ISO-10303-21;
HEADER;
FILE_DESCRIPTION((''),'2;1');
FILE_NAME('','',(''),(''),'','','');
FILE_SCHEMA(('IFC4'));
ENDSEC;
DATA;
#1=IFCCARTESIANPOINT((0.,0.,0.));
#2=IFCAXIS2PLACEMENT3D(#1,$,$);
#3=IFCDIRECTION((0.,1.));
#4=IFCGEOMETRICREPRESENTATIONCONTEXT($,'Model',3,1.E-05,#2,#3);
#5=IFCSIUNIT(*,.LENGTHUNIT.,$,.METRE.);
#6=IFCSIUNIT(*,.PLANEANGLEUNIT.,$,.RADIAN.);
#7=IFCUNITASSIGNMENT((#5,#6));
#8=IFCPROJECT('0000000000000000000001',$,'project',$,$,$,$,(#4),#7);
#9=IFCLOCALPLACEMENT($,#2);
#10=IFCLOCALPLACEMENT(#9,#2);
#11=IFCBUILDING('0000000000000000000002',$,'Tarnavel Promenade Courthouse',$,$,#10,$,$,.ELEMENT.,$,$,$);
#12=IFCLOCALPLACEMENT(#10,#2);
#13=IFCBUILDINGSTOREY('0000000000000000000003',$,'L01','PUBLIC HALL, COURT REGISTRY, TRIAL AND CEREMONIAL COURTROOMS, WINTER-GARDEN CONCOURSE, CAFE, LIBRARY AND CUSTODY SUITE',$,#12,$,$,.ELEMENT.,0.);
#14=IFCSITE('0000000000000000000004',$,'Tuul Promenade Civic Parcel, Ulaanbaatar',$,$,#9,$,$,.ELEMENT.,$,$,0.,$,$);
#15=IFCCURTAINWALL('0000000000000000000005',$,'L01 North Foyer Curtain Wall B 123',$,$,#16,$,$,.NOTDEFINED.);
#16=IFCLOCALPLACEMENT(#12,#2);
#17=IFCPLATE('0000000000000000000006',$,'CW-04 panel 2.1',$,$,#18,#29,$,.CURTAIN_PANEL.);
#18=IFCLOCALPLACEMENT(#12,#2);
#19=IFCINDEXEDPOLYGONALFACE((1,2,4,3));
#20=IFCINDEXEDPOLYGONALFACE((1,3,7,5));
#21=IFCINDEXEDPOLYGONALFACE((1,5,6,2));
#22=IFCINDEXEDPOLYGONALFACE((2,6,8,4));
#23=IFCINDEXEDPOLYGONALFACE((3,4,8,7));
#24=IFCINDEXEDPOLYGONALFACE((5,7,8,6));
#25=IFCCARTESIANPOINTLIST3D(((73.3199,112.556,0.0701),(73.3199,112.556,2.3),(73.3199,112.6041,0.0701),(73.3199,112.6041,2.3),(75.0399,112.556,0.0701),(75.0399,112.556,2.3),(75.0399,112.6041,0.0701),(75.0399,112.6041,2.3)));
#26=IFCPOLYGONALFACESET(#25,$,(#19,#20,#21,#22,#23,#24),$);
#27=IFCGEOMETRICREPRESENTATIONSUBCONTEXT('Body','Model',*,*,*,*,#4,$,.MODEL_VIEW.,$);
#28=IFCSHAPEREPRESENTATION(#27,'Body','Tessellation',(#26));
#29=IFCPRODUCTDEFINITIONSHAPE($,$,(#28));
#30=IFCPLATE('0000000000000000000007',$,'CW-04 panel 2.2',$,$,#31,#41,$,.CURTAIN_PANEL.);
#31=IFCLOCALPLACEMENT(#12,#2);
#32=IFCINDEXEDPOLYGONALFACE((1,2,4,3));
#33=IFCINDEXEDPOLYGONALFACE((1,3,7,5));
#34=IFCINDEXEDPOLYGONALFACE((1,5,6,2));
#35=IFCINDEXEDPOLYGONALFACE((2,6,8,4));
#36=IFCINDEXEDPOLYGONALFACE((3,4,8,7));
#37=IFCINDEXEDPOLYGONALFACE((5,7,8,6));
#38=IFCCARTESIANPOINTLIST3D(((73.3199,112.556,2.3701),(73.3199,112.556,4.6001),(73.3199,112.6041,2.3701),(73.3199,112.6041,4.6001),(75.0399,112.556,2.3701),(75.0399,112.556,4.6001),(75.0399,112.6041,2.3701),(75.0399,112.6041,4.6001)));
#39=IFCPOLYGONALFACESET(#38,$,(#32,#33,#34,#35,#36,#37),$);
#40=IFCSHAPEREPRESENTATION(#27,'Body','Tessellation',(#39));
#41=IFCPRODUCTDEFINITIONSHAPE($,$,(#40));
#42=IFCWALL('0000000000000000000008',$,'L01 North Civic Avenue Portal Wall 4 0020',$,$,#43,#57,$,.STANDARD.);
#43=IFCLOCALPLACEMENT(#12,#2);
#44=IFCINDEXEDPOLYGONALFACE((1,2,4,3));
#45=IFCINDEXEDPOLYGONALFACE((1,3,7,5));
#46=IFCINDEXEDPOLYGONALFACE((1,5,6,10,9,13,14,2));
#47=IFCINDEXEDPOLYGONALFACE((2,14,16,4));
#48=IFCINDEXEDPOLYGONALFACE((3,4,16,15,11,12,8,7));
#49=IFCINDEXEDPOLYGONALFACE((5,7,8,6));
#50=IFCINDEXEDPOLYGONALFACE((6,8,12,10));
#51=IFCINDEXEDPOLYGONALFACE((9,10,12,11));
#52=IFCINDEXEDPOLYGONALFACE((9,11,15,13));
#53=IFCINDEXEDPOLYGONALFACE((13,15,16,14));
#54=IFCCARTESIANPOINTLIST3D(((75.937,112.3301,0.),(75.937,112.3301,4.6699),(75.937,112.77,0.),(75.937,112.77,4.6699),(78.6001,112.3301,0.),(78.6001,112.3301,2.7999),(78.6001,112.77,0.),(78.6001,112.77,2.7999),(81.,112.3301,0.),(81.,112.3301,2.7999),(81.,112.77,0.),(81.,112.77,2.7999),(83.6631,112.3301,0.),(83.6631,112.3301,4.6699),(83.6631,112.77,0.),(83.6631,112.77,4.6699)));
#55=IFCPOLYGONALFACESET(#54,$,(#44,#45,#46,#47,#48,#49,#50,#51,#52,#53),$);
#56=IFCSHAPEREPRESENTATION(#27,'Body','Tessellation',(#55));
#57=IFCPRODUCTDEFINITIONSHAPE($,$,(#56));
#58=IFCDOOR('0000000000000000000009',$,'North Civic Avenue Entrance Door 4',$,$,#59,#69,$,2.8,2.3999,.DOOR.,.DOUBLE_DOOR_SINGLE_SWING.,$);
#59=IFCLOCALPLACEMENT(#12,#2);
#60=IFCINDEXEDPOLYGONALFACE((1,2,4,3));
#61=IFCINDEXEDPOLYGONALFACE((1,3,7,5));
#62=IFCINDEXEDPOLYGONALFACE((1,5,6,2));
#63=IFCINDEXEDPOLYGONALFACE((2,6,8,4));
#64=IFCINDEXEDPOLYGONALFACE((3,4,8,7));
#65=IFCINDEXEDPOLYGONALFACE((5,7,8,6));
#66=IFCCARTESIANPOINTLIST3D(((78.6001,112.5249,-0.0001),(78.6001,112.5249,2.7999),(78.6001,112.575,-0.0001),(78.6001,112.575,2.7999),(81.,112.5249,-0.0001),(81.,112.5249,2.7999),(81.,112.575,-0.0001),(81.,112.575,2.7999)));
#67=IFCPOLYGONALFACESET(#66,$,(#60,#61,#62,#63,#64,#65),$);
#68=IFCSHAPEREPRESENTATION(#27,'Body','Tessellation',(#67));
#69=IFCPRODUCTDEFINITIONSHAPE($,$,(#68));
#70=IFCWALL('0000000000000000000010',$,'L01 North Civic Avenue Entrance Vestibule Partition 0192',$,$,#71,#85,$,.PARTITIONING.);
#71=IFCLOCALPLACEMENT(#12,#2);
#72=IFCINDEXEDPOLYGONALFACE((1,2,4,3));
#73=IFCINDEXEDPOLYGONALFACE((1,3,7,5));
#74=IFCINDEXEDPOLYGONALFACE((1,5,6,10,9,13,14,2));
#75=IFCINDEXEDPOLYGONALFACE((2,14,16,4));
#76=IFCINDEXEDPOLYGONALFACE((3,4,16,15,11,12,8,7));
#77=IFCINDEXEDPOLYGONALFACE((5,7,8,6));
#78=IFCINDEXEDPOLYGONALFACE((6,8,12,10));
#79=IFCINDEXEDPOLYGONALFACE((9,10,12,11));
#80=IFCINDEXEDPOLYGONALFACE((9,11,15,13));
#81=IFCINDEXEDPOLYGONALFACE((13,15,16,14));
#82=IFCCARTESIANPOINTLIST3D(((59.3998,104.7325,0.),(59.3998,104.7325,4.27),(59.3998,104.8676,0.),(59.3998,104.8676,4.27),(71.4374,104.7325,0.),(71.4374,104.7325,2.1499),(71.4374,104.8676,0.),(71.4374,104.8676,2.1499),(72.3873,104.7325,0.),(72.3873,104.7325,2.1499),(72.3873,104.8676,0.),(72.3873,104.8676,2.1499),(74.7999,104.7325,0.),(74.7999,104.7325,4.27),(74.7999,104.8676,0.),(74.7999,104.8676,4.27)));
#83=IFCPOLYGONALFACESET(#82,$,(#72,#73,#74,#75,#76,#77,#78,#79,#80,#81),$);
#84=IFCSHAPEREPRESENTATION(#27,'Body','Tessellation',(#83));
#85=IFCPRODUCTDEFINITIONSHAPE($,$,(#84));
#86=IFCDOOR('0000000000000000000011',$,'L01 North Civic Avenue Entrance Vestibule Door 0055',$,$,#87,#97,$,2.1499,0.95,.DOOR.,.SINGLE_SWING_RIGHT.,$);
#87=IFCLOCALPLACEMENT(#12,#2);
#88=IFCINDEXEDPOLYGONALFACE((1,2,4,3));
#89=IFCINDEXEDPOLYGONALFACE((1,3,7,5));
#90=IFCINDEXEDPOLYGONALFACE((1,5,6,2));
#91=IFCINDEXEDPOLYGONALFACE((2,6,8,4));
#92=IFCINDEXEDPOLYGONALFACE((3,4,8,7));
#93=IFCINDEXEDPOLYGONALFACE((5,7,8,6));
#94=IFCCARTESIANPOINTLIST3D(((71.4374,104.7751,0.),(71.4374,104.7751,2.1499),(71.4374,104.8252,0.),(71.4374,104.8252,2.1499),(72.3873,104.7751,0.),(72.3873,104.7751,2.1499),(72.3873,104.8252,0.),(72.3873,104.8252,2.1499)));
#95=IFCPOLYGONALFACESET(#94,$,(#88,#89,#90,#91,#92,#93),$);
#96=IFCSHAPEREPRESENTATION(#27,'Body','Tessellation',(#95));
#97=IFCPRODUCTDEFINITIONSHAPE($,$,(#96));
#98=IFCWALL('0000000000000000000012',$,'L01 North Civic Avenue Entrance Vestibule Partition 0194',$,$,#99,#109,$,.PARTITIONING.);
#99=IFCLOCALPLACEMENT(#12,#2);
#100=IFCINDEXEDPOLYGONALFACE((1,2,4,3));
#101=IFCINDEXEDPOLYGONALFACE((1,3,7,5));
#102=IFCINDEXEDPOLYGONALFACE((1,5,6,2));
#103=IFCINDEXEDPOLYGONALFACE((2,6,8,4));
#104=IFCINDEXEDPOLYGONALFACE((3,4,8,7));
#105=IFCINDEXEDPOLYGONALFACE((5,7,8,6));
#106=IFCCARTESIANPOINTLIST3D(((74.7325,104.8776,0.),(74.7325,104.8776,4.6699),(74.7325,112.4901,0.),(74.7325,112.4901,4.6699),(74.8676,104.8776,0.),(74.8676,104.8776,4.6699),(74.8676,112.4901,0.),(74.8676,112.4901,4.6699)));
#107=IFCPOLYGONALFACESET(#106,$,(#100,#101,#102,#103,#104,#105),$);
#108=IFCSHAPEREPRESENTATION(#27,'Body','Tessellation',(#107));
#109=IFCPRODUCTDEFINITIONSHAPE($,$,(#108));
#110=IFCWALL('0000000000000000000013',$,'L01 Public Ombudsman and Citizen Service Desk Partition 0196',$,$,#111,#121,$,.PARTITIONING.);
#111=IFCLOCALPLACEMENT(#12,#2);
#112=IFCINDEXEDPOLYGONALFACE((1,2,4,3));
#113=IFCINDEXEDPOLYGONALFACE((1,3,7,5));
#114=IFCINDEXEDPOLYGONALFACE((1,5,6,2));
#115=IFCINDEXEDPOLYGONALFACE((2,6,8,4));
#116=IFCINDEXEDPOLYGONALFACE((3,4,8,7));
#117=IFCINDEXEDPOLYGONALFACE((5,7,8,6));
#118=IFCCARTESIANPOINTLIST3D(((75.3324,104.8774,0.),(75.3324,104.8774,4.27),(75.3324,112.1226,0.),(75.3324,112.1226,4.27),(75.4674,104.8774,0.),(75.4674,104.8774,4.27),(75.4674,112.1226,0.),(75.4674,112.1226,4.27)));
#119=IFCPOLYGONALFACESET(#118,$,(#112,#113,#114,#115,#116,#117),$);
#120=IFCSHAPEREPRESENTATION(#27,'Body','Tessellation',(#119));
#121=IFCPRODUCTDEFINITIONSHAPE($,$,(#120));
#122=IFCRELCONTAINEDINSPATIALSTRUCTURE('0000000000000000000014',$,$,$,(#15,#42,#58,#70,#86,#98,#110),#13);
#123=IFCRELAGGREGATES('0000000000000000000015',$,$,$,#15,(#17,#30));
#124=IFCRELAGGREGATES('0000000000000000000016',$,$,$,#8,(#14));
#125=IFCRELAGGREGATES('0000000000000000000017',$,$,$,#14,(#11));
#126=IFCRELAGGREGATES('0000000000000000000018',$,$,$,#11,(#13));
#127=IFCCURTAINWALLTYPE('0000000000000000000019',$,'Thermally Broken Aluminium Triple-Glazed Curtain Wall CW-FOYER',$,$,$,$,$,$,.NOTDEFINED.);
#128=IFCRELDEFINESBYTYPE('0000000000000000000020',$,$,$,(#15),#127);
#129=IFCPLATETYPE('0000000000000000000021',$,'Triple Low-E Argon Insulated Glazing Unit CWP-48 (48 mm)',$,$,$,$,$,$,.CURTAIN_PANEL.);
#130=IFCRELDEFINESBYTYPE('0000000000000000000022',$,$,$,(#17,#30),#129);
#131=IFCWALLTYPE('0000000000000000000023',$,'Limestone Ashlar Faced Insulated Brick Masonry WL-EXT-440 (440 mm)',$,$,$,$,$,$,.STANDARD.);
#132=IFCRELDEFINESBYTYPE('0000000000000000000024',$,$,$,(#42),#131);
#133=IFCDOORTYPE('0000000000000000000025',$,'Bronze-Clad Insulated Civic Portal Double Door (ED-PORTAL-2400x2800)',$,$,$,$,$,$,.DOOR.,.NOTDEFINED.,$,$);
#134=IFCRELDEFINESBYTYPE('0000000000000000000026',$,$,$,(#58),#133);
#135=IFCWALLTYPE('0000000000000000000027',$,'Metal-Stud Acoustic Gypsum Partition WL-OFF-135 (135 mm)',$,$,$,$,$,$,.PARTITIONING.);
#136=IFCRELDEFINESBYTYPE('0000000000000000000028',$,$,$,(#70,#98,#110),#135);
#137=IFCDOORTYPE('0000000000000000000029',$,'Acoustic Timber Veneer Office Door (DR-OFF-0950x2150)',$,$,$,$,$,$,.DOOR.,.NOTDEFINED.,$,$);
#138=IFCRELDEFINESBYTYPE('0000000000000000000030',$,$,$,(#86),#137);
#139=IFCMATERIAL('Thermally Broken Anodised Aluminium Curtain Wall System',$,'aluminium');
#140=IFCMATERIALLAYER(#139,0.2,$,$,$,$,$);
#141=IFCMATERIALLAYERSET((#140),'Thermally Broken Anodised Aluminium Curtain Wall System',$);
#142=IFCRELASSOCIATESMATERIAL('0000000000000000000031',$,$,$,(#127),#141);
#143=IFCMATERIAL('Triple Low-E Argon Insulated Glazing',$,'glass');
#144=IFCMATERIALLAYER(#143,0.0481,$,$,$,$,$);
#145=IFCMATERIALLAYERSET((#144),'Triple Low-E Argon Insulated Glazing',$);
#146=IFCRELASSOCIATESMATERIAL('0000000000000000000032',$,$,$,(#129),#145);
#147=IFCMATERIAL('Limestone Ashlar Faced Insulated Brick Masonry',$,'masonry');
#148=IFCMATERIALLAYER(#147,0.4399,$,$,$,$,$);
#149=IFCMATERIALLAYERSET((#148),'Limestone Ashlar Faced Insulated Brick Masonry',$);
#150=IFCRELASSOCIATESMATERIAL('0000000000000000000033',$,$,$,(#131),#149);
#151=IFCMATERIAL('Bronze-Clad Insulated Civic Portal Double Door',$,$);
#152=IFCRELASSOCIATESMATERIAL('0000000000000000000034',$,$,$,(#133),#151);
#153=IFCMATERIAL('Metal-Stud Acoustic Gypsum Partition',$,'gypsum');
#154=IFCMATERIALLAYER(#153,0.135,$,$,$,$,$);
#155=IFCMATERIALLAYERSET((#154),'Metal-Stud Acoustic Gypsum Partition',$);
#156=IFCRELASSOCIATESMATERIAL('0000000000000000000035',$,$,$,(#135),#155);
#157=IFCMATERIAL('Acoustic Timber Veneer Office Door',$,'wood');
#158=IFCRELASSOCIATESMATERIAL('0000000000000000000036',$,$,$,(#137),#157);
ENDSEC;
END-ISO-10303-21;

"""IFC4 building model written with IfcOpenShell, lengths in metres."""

from ifc_helpers import new_model, si_unit, direction, frame, frame_2d, origin, origin_2d, place, context, subcontext, project, spatial, rectangle, extrude, material, layer, layer_set, type_object, element, fill, aggregate, save


model = new_model("IFC4")

# Units and contexts
model_context = context("Model", 3, precision=1e-05, world=origin(), true_north=direction((0.0, 1.0)))
body_context = subcontext(model_context, "Body", "Model", "MODEL_VIEW")
ifc_project = project(units=[si_unit("LENGTHUNIT", "METRE"), si_unit("PLANEANGLEUNIT", "RADIAN")], contexts=[model_context])

# Site, building, storey
site_placement = place(None, origin())
site = spatial("IfcSite", under=ifc_project, at=site_placement, Name="Tuul Promenade Civic Parcel, Ulaanbaatar", CompositionType="ELEMENT", RefElevation=0.0)
building_placement = place(site_placement, origin())
building = spatial("IfcBuilding", under=site, at=building_placement, Name="Tarnavel Promenade Courthouse", CompositionType="ELEMENT")
storey_placement = place(building_placement, origin())
storey = spatial("IfcBuildingStorey", under=building, at=storey_placement, Name="L01", Description="PUBLIC HALL, COURT REGISTRY, TRIAL AND CEREMONIAL COURTROOMS, WINTER-GARDEN CONCOURSE, CAFE, LIBRARY AND CUSTODY SUITE", CompositionType="ELEMENT", Elevation=0.0)

# Shared definitions
ifc_material_1 = material(Name="Thermally Broken Anodised Aluminium Curtain Wall System", Category="aluminium")
ifc_layer_1 = layer(ifc_material_1, 0.2)
ifc_layer_set_1 = layer_set([ifc_layer_1], Name="Thermally Broken Anodised Aluminium Curtain Wall System")
curtain_wall_type = type_object("IfcCurtainWallType", Name="Thermally Broken Aluminium Triple-Glazed Curtain Wall CW-FOYER", PredefinedType="NOTDEFINED", material=ifc_layer_set_1)

# Curtain wall
curtain_wall_1_placement = place(storey_placement, origin())
curtain_wall_1 = element("IfcCurtainWall", 1, at=curtain_wall_1_placement, inside=storey, type_object=curtain_wall_type, Name="L01 North Foyer Curtain Wall B 123", PredefinedType="NOTDEFINED")

# Plates
ifc_material_2 = material(Name="Triple Low-E Argon Insulated Glazing", Category="glass")
ifc_layer_2 = layer(ifc_material_2, 0.0481)
ifc_layer_set_2 = layer_set([ifc_layer_2], Name="Triple Low-E Argon Insulated Glazing")
plate_type = type_object("IfcPlateType", Name="Triple Low-E Argon Insulated Glazing Unit CWP-48 (48 mm)", PredefinedType="CURTAIN_PANEL", material=ifc_layer_set_2)
plate_1_placement = place(storey_placement, frame((74.1799, 112.5801, 0.0701), z_axis=(0.0, 0.0, 1.0), x_axis=(1.0, 0.0, 0.0)))
plate_1 = element("IfcPlate", 2, at=plate_1_placement, type_object=plate_type, Name="CW-04 panel 2.1", PredefinedType="CURTAIN_PANEL", context=body_context, shape_type="SweptSolid", body=[
    extrude(rectangle(XDim=1.72, YDim=0.0481, at=origin_2d()), origin(), (0.0, 0.0, 1.0), 2.23),
])
plate_2_placement = place(storey_placement, frame((74.1799, 112.5801, 2.3701), z_axis=(0.0, 0.0, 1.0), x_axis=(1.0, 0.0, 0.0)))
plate_2 = element("IfcPlate", 3, at=plate_2_placement, type_object=plate_type, Name="CW-04 panel 2.2", PredefinedType="CURTAIN_PANEL", context=body_context, shape_type="SweptSolid", body=[
    extrude(rectangle(XDim=1.72, YDim=0.0481, at=origin_2d()), origin(), (0.0, 0.0, 1.0), 2.23),
])
aggregate(curtain_wall_1, [plate_1, plate_2])

# Walls, openings, doors
ifc_material_3 = material(Name="Limestone Ashlar Faced Insulated Brick Masonry", Category="masonry")
ifc_layer_3 = layer(ifc_material_3, 0.4399)
ifc_layer_set_3 = layer_set([ifc_layer_3], Name="Limestone Ashlar Faced Insulated Brick Masonry")
wall_type_1 = type_object("IfcWallType", Name="Limestone Ashlar Faced Insulated Brick Masonry WL-EXT-440 (440 mm)", PredefinedType="STANDARD", material=ifc_layer_set_3)
wall_1_placement = place(storey_placement, frame((75.937, 112.55, 0.0), z_axis=(0.0, 0.0, 1.0), x_axis=(1.0, 0.0, 0.0)))
wall_1 = element("IfcWall", 4, at=wall_1_placement, inside=storey, type_object=wall_type_1, Name="L01 North Civic Avenue Portal Wall 4 0020", PredefinedType="STANDARD", context=body_context, shape_type="SweptSolid", body=[
    extrude(rectangle(XDim=7.7261, YDim=0.4399, at=frame_2d((3.863, 0.0))), origin(), (0.0, 0.0, 1.0), 4.6699),
])
opening_1_placement = place(wall_1_placement, frame((2.6631, 0.0, 0.0)))
opening_1 = element("IfcOpeningElement", 5, at=opening_1_placement, cuts=wall_1, PredefinedType="OPENING", context=body_context, shape_type="SweptSolid", body=[
    extrude(rectangle(XDim=2.3999, YDim=2.8, at=frame_2d((1.2, 1.3999))), frame((0.0, 0.23, 0.0), z_axis=(0.0, -1.0, 0.0), x_axis=(1.0, 0.0, 0.0)), (0.0, 0.0, 1.0), 0.46),
])
ifc_material_4 = material(Name="Bronze-Clad Insulated Civic Portal Double Door")
door_type_1 = type_object("IfcDoorType", Name="Bronze-Clad Insulated Civic Portal Double Door (ED-PORTAL-2400x2800)", OperationType="NOTDEFINED", PredefinedType="DOOR", material=ifc_material_4)
door_1_placement = place(opening_1_placement, origin())
door_1 = element("IfcDoor", 6, at=door_1_placement, inside=storey, type_object=door_type_1, Name="North Civic Avenue Entrance Door 4", OperationType="DOUBLE_DOOR_SINGLE_SWING", OverallHeight=2.8, OverallWidth=2.3999, PredefinedType="DOOR", context=body_context, shape_type="SweptSolid", body=[
    extrude(rectangle(XDim=2.3999, YDim=2.8, at=frame_2d((1.2, 1.3999))), frame((0.0, 0.0249, 0.0), z_axis=(0.0, -1.0, 0.0), x_axis=(1.0, 0.0, 0.0)), (0.0, 0.0, 1.0), 0.05),
])
fill(opening_1, door_1)
ifc_material_5 = material(Name="Metal-Stud Acoustic Gypsum Partition", Category="gypsum")
ifc_layer_4 = layer(ifc_material_5, 0.135)
ifc_layer_set_4 = layer_set([ifc_layer_4], Name="Metal-Stud Acoustic Gypsum Partition")
wall_type_2 = type_object("IfcWallType", Name="Metal-Stud Acoustic Gypsum Partition WL-OFF-135 (135 mm)", PredefinedType="PARTITIONING", material=ifc_layer_set_4)
wall_2_placement = place(storey_placement, frame((74.8, 104.8, 0.0), z_axis=(0.0, 0.0, 1.0), x_axis=(-1.0, 0.0, 0.0)))
wall_2 = element("IfcWall", 7, at=wall_2_placement, inside=storey, type_object=wall_type_2, Name="L01 North Civic Avenue Entrance Vestibule Partition 0192", PredefinedType="PARTITIONING", context=body_context, shape_type="SweptSolid", body=[
    extrude(rectangle(XDim=15.4001, YDim=0.135, at=frame_2d((7.7002, 0.0))), origin(), (0.0, 0.0, 1.0), 4.27),
])
opening_2_placement = place(wall_2_placement, frame((2.4126, 0.0, 0.0)))
opening_2 = element("IfcOpeningElement", 8, at=opening_2_placement, cuts=wall_2, PredefinedType="OPENING", context=body_context, shape_type="SweptSolid", body=[
    extrude(rectangle(XDim=0.95, YDim=2.1499, at=frame_2d((0.4751, 1.075))), frame((0.0, 0.0774, 0.0), z_axis=(0.0, -1.0, 0.0), x_axis=(1.0, 0.0, 0.0)), (0.0, 0.0, 1.0), 0.155),
])
ifc_material_6 = material(Name="Acoustic Timber Veneer Office Door", Category="wood")
door_type_2 = type_object("IfcDoorType", Name="Acoustic Timber Veneer Office Door (DR-OFF-0950x2150)", OperationType="NOTDEFINED", PredefinedType="DOOR", material=ifc_material_6)
door_2_placement = place(opening_2_placement, origin())
door_2 = element("IfcDoor", 9, at=door_2_placement, inside=storey, type_object=door_type_2, Name="L01 North Civic Avenue Entrance Vestibule Door 0055", OperationType="SINGLE_SWING_RIGHT", OverallHeight=2.1499, OverallWidth=0.95, PredefinedType="DOOR", context=body_context, shape_type="SweptSolid", body=[
    extrude(rectangle(XDim=0.95, YDim=2.1499, at=frame_2d((0.4751, 1.075))), frame((0.0, 0.0249, 0.0), z_axis=(0.0, -1.0, 0.0), x_axis=(1.0, 0.0, 0.0)), (0.0, 0.0, 1.0), 0.05),
])
fill(opening_2, door_2)

# Walls
wall_3_placement = place(storey_placement, frame((74.8, 112.49, 0.0), z_axis=(0.0, 0.0, 1.0), x_axis=(0.0, -1.0, 0.0)))
element("IfcWall", 10, at=wall_3_placement, inside=storey, type_object=wall_type_2, Name="L01 North Civic Avenue Entrance Vestibule Partition 0194", PredefinedType="PARTITIONING", context=body_context, shape_type="SweptSolid", body=[
    extrude(rectangle(XDim=7.6125, YDim=0.135, at=frame_2d((3.8062, 0.0))), origin(), (0.0, 0.0, 1.0), 4.6699),
])
wall_4_placement = place(storey_placement, frame((75.3999, 104.8774, 0.0), z_axis=(0.0, 0.0, 1.0), x_axis=(0.0, 1.0, 0.0)))
element("IfcWall", 11, at=wall_4_placement, inside=storey, type_object=wall_type_2, Name="L01 Public Ombudsman and Citizen Service Desk Partition 0196", PredefinedType="PARTITIONING", context=body_context, shape_type="SweptSolid", body=[
    extrude(rectangle(XDim=7.2451, YDim=0.135, at=frame_2d((3.6226, 0.0))), origin(), (0.0, 0.0, 1.0), 4.27),
])

save(model, "model.ifc")
